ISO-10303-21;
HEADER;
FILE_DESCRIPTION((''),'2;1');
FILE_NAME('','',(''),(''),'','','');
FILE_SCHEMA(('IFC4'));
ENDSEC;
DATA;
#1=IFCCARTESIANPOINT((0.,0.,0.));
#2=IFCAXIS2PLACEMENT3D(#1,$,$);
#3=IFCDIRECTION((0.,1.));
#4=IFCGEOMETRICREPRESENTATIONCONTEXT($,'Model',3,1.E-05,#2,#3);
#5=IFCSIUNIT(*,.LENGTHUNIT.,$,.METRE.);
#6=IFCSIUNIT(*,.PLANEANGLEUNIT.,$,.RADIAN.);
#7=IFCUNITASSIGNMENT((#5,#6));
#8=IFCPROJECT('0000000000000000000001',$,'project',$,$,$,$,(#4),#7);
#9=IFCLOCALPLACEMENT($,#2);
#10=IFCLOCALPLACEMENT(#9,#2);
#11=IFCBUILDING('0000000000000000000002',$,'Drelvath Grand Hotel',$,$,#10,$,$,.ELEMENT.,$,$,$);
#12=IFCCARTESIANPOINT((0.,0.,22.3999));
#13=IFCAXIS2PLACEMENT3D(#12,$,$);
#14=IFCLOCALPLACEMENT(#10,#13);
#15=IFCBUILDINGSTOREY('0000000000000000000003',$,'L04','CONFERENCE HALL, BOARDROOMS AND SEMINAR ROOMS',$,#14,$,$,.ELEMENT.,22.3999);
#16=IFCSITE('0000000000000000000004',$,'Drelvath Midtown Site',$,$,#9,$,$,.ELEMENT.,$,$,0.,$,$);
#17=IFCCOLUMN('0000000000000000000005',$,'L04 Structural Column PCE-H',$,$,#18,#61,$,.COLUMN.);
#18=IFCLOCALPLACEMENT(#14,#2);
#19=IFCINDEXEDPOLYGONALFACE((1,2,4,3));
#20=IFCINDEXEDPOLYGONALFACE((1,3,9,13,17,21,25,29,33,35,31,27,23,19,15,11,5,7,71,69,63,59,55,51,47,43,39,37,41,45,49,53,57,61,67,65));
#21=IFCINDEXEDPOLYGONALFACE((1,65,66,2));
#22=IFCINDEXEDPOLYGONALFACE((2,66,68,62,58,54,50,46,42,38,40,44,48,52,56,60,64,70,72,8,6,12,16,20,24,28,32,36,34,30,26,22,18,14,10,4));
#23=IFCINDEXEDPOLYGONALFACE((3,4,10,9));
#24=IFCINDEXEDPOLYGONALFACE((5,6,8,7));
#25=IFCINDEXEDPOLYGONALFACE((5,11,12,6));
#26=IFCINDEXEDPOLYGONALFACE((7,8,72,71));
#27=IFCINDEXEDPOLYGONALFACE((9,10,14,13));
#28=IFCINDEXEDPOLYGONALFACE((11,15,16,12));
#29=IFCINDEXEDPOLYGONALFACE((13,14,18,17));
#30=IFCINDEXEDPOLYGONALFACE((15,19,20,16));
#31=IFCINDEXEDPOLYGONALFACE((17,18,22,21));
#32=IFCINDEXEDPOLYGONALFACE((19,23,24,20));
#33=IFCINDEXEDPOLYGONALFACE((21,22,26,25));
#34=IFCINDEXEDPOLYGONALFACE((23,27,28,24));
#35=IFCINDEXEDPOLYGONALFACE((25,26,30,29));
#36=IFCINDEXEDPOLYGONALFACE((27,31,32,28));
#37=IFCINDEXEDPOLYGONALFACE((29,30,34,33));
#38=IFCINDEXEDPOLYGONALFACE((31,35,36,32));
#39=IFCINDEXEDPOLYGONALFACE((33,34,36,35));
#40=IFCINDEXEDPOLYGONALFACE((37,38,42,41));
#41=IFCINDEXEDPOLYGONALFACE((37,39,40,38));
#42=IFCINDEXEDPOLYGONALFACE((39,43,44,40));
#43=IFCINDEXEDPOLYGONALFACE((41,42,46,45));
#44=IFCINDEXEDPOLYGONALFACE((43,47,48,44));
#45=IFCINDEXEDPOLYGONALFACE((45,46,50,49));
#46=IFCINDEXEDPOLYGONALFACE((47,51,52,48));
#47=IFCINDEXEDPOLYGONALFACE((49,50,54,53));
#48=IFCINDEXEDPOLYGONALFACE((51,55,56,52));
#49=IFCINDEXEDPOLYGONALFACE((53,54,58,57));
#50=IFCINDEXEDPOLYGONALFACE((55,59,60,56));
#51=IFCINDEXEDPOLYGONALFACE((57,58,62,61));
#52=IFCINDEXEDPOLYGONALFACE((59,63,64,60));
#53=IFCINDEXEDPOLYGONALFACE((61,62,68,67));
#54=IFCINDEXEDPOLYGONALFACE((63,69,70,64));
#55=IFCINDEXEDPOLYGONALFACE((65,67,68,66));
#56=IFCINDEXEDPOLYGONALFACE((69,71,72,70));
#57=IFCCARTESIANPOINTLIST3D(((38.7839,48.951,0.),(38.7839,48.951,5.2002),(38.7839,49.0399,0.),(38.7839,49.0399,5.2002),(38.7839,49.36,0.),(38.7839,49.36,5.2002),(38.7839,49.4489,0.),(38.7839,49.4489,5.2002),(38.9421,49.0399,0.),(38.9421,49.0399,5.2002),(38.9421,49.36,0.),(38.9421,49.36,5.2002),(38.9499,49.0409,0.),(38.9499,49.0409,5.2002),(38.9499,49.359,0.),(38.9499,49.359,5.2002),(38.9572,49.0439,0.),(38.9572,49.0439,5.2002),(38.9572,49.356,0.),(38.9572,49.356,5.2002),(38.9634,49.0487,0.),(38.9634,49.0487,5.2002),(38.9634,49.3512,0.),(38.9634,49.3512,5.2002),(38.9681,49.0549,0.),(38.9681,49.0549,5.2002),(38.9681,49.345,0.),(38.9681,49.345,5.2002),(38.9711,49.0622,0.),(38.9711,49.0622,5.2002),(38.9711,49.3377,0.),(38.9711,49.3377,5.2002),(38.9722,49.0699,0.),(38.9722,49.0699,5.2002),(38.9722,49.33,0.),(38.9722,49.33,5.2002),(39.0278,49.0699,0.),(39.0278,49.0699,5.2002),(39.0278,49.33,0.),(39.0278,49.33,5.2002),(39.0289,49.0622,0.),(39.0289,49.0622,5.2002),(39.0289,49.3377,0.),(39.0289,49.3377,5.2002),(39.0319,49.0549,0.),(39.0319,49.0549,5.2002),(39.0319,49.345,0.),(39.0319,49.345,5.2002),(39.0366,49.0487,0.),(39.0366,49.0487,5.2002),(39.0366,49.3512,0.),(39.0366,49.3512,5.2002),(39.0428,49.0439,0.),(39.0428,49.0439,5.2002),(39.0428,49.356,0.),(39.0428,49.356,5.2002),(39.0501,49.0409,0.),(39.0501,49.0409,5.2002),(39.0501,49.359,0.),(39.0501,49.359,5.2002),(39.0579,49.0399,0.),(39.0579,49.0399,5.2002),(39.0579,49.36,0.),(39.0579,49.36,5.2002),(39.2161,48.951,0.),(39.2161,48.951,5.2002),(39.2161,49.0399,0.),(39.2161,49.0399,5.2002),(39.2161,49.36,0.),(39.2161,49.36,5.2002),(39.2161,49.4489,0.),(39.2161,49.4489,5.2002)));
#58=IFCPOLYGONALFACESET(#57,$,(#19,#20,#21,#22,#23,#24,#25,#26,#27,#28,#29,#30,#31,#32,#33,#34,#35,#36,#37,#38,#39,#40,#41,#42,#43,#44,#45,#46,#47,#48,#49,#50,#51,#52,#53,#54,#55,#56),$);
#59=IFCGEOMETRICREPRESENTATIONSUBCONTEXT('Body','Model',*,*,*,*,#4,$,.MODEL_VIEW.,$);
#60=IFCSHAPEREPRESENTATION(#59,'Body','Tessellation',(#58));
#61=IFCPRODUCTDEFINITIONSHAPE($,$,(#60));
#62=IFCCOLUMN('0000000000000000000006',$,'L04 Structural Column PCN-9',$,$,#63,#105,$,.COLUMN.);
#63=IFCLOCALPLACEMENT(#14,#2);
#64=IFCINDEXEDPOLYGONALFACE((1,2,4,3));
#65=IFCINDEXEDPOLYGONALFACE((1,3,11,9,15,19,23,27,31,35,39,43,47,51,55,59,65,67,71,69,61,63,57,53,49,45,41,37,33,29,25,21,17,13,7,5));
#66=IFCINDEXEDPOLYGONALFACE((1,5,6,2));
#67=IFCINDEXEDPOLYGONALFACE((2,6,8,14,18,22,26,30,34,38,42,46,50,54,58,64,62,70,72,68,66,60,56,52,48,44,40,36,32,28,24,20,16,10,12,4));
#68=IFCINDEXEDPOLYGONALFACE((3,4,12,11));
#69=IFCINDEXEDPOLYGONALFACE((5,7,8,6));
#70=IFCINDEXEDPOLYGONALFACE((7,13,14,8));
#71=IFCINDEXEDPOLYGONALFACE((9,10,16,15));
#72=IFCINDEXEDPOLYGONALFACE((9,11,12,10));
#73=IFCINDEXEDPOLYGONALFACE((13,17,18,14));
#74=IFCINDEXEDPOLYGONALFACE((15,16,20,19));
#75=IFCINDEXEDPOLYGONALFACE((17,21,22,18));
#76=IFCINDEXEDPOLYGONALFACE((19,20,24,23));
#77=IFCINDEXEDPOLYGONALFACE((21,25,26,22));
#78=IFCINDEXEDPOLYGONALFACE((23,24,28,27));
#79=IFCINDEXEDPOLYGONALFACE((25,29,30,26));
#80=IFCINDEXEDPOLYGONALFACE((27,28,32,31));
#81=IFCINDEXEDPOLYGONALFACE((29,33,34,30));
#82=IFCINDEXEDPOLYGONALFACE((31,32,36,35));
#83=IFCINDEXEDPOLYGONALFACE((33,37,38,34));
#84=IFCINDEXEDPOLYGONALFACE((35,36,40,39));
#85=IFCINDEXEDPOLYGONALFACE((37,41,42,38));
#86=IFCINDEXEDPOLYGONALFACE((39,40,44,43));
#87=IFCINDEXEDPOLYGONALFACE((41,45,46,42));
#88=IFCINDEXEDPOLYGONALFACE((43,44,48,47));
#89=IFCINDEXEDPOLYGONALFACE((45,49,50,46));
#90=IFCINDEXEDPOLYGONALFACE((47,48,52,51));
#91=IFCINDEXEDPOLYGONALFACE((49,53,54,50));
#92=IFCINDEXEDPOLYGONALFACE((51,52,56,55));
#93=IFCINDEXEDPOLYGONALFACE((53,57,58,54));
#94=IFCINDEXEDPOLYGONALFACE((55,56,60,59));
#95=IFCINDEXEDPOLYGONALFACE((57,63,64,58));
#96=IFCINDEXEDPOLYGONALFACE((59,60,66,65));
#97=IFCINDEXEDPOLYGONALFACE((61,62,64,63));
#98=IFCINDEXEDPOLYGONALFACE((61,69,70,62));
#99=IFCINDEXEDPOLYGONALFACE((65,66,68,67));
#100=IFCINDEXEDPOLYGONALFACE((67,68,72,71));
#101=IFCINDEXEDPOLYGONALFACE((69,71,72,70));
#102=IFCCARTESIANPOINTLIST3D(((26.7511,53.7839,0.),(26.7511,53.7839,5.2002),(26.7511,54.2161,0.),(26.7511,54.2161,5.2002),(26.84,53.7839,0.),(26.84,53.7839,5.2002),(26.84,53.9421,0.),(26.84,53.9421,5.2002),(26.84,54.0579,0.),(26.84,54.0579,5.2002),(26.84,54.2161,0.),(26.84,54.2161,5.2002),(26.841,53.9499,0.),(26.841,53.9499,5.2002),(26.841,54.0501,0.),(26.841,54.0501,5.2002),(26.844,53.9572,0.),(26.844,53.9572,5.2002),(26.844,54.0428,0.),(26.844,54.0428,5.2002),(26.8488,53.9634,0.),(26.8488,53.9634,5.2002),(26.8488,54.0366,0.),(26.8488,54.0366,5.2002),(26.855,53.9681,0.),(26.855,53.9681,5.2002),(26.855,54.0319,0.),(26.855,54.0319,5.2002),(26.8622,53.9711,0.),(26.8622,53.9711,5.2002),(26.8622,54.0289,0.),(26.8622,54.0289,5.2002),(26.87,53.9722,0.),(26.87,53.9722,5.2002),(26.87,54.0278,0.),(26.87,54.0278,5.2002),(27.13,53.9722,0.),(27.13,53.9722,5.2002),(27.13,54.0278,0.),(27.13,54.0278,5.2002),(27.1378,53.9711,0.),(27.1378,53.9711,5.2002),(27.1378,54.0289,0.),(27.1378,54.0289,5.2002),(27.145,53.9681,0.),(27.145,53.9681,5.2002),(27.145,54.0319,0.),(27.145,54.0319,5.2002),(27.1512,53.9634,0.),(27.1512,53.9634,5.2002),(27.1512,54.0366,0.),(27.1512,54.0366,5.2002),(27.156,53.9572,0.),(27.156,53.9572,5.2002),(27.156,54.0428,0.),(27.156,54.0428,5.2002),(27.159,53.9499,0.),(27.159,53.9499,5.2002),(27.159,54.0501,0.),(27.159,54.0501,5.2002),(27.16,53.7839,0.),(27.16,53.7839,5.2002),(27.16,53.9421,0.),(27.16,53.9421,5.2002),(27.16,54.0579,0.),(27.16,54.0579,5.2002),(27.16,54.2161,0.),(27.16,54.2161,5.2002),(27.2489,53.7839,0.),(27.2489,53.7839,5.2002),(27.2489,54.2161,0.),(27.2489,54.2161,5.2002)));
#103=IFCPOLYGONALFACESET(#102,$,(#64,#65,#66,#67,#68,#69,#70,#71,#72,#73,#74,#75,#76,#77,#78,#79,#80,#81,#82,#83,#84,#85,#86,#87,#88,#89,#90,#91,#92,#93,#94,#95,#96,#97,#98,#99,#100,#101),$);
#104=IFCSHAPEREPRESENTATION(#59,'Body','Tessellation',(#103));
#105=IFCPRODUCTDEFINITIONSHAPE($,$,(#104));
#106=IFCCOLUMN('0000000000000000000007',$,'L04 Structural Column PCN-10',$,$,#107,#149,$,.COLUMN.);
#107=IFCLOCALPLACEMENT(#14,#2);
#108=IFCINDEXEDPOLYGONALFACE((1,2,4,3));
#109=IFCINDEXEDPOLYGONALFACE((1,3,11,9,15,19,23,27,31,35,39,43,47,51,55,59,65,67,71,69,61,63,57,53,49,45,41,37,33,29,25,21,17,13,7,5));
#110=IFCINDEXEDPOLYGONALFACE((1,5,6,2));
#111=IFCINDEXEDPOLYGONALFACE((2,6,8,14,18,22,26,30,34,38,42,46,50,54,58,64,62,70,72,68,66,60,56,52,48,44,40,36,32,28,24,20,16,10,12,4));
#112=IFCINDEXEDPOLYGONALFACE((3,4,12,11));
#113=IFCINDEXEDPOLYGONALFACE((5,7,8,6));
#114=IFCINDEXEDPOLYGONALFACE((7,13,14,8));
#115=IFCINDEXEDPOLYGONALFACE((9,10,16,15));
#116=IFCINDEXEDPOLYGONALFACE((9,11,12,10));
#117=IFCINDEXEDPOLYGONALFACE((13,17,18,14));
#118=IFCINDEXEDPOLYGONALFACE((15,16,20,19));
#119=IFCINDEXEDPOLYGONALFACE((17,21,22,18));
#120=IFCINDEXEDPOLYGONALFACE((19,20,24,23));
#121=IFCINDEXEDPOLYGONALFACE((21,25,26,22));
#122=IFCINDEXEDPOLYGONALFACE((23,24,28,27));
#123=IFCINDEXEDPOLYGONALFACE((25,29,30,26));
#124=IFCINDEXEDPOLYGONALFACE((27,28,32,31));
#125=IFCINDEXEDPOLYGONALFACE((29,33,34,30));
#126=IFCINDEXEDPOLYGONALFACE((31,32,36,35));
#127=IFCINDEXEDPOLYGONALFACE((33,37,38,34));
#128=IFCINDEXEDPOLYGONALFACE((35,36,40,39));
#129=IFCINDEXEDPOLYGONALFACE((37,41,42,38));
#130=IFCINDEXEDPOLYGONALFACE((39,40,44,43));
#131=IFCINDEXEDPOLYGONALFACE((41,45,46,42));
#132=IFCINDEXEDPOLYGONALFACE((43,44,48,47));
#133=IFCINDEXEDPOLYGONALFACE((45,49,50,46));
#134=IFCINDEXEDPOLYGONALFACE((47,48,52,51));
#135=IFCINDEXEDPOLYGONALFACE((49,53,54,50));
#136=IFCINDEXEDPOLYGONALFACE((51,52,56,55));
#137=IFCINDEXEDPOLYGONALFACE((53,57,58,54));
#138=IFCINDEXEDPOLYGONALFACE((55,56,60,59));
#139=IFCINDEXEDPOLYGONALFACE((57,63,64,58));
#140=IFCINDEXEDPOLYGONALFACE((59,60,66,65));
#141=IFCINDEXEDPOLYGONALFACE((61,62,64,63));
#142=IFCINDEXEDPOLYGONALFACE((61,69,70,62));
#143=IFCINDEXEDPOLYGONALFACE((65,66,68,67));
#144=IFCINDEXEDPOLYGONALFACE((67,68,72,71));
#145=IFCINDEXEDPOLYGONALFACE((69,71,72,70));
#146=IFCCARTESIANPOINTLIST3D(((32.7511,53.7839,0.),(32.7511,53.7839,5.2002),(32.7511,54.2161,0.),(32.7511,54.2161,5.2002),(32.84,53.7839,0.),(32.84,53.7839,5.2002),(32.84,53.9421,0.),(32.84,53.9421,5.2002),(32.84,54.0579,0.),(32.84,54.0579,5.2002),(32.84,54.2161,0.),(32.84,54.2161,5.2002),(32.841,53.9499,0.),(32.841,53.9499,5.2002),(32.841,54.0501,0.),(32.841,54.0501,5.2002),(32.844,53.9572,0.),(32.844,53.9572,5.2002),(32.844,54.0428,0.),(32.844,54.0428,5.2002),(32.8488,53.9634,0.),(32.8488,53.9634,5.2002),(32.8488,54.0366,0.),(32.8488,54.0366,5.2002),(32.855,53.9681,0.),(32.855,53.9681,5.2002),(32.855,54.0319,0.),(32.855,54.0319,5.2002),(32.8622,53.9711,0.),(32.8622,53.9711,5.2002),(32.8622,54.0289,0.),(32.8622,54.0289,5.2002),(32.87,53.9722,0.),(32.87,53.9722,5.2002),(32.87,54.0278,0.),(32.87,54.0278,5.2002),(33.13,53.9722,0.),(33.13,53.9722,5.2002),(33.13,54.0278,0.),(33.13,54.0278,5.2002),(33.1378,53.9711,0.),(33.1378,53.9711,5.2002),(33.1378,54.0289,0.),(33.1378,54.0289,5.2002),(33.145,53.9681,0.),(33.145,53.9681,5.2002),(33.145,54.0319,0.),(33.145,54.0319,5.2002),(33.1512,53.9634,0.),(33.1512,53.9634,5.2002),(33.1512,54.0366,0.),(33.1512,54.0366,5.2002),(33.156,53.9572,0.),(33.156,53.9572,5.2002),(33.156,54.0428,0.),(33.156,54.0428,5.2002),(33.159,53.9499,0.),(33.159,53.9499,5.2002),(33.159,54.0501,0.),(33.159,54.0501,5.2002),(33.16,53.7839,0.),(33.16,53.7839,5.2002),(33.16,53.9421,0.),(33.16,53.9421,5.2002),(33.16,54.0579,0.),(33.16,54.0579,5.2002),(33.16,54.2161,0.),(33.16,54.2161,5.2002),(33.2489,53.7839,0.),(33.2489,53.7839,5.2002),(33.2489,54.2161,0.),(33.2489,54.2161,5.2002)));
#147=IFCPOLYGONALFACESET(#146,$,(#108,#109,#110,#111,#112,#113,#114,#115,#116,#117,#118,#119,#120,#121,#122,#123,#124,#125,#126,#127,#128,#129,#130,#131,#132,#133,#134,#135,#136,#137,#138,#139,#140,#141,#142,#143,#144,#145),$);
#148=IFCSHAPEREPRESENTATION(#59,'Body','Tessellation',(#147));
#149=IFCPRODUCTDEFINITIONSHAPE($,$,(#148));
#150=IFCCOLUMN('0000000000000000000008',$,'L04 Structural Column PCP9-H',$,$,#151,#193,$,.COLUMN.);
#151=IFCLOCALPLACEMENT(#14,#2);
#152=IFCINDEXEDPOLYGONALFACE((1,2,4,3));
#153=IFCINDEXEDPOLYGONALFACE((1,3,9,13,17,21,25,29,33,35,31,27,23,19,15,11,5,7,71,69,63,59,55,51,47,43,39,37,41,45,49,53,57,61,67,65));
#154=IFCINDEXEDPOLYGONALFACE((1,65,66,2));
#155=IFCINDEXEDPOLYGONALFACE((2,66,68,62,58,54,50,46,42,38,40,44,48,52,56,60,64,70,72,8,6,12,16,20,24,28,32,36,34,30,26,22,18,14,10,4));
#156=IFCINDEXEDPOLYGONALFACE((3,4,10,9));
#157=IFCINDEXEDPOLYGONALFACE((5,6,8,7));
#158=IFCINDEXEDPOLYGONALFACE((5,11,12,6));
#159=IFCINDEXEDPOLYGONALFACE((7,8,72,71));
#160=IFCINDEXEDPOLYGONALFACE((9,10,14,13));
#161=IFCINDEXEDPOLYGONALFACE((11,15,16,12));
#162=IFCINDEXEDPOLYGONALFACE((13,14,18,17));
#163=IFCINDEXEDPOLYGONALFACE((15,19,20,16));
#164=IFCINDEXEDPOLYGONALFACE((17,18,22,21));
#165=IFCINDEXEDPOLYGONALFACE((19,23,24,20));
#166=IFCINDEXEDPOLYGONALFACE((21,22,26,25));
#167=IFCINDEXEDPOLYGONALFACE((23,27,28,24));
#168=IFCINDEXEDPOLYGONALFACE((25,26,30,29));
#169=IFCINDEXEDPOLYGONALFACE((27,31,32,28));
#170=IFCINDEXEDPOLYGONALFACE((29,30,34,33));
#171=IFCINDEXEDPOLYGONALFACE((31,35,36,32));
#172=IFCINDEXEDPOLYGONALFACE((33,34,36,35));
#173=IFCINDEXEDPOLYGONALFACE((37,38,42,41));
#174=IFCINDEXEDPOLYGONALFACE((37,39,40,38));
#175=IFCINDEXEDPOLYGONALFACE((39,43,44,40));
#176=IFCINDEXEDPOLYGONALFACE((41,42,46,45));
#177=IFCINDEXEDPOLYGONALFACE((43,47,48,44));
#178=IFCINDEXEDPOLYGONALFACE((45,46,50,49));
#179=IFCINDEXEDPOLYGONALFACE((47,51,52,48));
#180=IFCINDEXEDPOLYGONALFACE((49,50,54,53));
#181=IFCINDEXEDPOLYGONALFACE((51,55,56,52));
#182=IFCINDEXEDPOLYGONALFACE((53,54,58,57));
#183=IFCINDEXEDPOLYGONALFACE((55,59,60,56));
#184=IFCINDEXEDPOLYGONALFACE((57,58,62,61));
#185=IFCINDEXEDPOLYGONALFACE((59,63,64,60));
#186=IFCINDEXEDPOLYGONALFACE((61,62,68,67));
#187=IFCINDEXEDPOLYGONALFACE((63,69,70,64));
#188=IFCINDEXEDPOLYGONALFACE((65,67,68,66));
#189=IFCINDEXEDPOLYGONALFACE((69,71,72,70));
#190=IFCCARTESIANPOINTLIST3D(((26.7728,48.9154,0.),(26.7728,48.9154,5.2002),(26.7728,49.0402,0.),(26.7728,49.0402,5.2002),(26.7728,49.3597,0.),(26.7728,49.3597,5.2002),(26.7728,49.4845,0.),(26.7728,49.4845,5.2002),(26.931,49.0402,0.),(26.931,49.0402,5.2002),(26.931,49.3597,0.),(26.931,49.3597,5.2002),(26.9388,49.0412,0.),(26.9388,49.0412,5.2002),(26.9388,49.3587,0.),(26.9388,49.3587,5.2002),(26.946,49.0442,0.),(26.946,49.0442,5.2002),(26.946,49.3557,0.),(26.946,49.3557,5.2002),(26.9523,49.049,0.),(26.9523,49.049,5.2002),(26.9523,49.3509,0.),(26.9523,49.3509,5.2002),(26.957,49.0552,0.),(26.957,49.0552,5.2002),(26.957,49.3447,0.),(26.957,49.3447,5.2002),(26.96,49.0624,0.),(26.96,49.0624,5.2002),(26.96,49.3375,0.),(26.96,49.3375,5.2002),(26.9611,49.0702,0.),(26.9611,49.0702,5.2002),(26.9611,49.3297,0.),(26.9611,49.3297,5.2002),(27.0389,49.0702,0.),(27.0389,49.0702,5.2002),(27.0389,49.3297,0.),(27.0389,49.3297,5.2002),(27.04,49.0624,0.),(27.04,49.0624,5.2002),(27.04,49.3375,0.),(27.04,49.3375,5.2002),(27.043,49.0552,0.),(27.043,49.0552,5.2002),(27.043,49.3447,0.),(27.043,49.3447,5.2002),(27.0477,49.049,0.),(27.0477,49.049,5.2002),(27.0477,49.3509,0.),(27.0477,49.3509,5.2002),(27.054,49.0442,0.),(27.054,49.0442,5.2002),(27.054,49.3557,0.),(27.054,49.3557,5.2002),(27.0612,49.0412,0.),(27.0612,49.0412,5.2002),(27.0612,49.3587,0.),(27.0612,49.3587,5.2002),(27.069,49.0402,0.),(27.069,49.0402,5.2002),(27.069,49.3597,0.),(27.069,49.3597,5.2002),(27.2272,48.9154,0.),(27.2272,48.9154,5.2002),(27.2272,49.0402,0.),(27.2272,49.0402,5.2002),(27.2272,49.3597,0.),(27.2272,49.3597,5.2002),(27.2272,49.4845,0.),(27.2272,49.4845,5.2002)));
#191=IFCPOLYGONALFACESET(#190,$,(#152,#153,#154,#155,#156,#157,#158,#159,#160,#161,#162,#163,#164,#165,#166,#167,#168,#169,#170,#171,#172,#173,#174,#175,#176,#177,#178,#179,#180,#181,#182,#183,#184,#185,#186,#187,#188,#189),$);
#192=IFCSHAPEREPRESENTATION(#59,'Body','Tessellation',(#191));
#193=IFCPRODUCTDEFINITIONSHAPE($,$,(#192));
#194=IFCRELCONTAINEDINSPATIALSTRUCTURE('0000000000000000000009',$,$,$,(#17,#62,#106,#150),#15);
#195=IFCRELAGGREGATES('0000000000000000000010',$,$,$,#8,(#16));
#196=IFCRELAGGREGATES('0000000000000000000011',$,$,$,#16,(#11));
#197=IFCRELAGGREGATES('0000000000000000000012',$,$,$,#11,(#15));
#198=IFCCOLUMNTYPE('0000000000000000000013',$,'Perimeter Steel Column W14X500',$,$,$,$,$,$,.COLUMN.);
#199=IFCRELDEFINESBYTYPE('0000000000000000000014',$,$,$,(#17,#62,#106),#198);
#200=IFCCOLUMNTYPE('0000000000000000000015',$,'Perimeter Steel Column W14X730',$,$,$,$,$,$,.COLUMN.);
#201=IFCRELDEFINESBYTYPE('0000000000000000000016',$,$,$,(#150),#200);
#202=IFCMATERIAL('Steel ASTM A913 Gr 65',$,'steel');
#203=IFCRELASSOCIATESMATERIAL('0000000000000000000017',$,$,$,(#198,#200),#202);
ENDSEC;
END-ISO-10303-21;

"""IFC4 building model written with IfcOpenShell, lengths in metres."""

from ifc_helpers import new_model, si_unit, direction, frame, origin, origin_2d, place, context, subcontext, project, spatial, i_section, extrude, material, material_profile, profile_set, type_object, element, save


model = new_model("IFC4")

# Units and contexts
model_context = context("Model", 3, precision=1e-05, world=origin(), true_north=direction((0.0, 1.0)))
body_context = subcontext(model_context, "Body", "Model", "MODEL_VIEW")
ifc_project = project(units=[si_unit("LENGTHUNIT", "METRE"), si_unit("PLANEANGLEUNIT", "RADIAN")], contexts=[model_context])

# Site, building, storey
site_placement = place(None, origin())
site = spatial("IfcSite", under=ifc_project, at=site_placement, Name="Drelvath Midtown Site", CompositionType="ELEMENT", RefElevation=0.0)
building_placement = place(site_placement, origin())
building = spatial("IfcBuilding", under=site, at=building_placement, Name="Drelvath Grand Hotel", CompositionType="ELEMENT")
storey_placement = place(building_placement, frame((0.0, 0.0, 22.3999)))
storey = spatial("IfcBuildingStorey", under=building, at=storey_placement, Name="L04", Description="CONFERENCE HALL, BOARDROOMS AND SEMINAR ROOMS", CompositionType="ELEMENT", Elevation=22.3999)

# Columns
ifc_material_1 = material(Name="Steel ASTM A913 Gr 65", Category="steel")
ifc_material_profile_1 = material_profile(ifc_material_1, i_section(OverallWidth=0.4321, OverallDepth=0.4978, WebThickness=0.0557, FlangeThickness=0.0889, FilletRadius=0.03, at=origin_2d()), Name="W14X500")
ifc_profile_set_1 = profile_set([ifc_material_profile_1], Name="Steel ASTM A913 Gr 65")
column_type_1 = type_object("IfcColumnType", Name="Perimeter Steel Column W14X500", PredefinedType="COLUMN", material=ifc_profile_set_1)
for number, where, z_axis, x_axis, name in (
    (1, (39.0, 49.2, 0.0), (0.0, 0.0, 1.0), (1.0, 0.0, 0.0), "L04 Structural Column PCE-H"),
    (2, (27.0, 54.0, 0.0), (0.0, 0.0, 1.0), (0.0, 1.0, 0.0), "L04 Structural Column PCN-9"),
    (3, (33.0, 54.0, 0.0), (0.0, 0.0, 1.0), (0.0, 1.0, 0.0), "L04 Structural Column PCN-10"),
):
    element("IfcColumn", number, at=place(storey_placement, frame(where, z_axis=z_axis, x_axis=x_axis)), inside=storey, type_object=column_type_1, Name=name, PredefinedType="COLUMN", context=body_context, shape_type="SweptSolid", body=[
        extrude(i_section(OverallWidth=0.4321, OverallDepth=0.4978, WebThickness=0.0557, FlangeThickness=0.0889, FilletRadius=0.03, at=origin_2d()), origin(), (0.0, 0.0, 1.0), 5.2002),
    ])
ifc_material_profile_2 = material_profile(ifc_material_1, i_section(OverallWidth=0.4543, OverallDepth=0.5691, WebThickness=0.0779, FlangeThickness=0.1248, FilletRadius=0.03, at=origin_2d()), Name="W14X730")
ifc_profile_set_2 = profile_set([ifc_material_profile_2], Name="Steel ASTM A913 Gr 65")
column_type_2 = type_object("IfcColumnType", Name="Perimeter Steel Column W14X730", PredefinedType="COLUMN", material=ifc_profile_set_2)
column_placement = place(storey_placement, frame((27.0, 49.2, 0.0), z_axis=(0.0, 0.0, 1.0), x_axis=(1.0, 0.0, 0.0)))
element("IfcColumn", 4, at=column_placement, inside=storey, type_object=column_type_2, Name="L04 Structural Column PCP9-H", PredefinedType="COLUMN", context=body_context, shape_type="SweptSolid", body=[
    extrude(i_section(OverallWidth=0.4543, OverallDepth=0.5691, WebThickness=0.0779, FlangeThickness=0.1248, FilletRadius=0.03, at=origin_2d()), origin(), (0.0, 0.0, 1.0), 5.2002),
])

save(model, "model.ifc")
